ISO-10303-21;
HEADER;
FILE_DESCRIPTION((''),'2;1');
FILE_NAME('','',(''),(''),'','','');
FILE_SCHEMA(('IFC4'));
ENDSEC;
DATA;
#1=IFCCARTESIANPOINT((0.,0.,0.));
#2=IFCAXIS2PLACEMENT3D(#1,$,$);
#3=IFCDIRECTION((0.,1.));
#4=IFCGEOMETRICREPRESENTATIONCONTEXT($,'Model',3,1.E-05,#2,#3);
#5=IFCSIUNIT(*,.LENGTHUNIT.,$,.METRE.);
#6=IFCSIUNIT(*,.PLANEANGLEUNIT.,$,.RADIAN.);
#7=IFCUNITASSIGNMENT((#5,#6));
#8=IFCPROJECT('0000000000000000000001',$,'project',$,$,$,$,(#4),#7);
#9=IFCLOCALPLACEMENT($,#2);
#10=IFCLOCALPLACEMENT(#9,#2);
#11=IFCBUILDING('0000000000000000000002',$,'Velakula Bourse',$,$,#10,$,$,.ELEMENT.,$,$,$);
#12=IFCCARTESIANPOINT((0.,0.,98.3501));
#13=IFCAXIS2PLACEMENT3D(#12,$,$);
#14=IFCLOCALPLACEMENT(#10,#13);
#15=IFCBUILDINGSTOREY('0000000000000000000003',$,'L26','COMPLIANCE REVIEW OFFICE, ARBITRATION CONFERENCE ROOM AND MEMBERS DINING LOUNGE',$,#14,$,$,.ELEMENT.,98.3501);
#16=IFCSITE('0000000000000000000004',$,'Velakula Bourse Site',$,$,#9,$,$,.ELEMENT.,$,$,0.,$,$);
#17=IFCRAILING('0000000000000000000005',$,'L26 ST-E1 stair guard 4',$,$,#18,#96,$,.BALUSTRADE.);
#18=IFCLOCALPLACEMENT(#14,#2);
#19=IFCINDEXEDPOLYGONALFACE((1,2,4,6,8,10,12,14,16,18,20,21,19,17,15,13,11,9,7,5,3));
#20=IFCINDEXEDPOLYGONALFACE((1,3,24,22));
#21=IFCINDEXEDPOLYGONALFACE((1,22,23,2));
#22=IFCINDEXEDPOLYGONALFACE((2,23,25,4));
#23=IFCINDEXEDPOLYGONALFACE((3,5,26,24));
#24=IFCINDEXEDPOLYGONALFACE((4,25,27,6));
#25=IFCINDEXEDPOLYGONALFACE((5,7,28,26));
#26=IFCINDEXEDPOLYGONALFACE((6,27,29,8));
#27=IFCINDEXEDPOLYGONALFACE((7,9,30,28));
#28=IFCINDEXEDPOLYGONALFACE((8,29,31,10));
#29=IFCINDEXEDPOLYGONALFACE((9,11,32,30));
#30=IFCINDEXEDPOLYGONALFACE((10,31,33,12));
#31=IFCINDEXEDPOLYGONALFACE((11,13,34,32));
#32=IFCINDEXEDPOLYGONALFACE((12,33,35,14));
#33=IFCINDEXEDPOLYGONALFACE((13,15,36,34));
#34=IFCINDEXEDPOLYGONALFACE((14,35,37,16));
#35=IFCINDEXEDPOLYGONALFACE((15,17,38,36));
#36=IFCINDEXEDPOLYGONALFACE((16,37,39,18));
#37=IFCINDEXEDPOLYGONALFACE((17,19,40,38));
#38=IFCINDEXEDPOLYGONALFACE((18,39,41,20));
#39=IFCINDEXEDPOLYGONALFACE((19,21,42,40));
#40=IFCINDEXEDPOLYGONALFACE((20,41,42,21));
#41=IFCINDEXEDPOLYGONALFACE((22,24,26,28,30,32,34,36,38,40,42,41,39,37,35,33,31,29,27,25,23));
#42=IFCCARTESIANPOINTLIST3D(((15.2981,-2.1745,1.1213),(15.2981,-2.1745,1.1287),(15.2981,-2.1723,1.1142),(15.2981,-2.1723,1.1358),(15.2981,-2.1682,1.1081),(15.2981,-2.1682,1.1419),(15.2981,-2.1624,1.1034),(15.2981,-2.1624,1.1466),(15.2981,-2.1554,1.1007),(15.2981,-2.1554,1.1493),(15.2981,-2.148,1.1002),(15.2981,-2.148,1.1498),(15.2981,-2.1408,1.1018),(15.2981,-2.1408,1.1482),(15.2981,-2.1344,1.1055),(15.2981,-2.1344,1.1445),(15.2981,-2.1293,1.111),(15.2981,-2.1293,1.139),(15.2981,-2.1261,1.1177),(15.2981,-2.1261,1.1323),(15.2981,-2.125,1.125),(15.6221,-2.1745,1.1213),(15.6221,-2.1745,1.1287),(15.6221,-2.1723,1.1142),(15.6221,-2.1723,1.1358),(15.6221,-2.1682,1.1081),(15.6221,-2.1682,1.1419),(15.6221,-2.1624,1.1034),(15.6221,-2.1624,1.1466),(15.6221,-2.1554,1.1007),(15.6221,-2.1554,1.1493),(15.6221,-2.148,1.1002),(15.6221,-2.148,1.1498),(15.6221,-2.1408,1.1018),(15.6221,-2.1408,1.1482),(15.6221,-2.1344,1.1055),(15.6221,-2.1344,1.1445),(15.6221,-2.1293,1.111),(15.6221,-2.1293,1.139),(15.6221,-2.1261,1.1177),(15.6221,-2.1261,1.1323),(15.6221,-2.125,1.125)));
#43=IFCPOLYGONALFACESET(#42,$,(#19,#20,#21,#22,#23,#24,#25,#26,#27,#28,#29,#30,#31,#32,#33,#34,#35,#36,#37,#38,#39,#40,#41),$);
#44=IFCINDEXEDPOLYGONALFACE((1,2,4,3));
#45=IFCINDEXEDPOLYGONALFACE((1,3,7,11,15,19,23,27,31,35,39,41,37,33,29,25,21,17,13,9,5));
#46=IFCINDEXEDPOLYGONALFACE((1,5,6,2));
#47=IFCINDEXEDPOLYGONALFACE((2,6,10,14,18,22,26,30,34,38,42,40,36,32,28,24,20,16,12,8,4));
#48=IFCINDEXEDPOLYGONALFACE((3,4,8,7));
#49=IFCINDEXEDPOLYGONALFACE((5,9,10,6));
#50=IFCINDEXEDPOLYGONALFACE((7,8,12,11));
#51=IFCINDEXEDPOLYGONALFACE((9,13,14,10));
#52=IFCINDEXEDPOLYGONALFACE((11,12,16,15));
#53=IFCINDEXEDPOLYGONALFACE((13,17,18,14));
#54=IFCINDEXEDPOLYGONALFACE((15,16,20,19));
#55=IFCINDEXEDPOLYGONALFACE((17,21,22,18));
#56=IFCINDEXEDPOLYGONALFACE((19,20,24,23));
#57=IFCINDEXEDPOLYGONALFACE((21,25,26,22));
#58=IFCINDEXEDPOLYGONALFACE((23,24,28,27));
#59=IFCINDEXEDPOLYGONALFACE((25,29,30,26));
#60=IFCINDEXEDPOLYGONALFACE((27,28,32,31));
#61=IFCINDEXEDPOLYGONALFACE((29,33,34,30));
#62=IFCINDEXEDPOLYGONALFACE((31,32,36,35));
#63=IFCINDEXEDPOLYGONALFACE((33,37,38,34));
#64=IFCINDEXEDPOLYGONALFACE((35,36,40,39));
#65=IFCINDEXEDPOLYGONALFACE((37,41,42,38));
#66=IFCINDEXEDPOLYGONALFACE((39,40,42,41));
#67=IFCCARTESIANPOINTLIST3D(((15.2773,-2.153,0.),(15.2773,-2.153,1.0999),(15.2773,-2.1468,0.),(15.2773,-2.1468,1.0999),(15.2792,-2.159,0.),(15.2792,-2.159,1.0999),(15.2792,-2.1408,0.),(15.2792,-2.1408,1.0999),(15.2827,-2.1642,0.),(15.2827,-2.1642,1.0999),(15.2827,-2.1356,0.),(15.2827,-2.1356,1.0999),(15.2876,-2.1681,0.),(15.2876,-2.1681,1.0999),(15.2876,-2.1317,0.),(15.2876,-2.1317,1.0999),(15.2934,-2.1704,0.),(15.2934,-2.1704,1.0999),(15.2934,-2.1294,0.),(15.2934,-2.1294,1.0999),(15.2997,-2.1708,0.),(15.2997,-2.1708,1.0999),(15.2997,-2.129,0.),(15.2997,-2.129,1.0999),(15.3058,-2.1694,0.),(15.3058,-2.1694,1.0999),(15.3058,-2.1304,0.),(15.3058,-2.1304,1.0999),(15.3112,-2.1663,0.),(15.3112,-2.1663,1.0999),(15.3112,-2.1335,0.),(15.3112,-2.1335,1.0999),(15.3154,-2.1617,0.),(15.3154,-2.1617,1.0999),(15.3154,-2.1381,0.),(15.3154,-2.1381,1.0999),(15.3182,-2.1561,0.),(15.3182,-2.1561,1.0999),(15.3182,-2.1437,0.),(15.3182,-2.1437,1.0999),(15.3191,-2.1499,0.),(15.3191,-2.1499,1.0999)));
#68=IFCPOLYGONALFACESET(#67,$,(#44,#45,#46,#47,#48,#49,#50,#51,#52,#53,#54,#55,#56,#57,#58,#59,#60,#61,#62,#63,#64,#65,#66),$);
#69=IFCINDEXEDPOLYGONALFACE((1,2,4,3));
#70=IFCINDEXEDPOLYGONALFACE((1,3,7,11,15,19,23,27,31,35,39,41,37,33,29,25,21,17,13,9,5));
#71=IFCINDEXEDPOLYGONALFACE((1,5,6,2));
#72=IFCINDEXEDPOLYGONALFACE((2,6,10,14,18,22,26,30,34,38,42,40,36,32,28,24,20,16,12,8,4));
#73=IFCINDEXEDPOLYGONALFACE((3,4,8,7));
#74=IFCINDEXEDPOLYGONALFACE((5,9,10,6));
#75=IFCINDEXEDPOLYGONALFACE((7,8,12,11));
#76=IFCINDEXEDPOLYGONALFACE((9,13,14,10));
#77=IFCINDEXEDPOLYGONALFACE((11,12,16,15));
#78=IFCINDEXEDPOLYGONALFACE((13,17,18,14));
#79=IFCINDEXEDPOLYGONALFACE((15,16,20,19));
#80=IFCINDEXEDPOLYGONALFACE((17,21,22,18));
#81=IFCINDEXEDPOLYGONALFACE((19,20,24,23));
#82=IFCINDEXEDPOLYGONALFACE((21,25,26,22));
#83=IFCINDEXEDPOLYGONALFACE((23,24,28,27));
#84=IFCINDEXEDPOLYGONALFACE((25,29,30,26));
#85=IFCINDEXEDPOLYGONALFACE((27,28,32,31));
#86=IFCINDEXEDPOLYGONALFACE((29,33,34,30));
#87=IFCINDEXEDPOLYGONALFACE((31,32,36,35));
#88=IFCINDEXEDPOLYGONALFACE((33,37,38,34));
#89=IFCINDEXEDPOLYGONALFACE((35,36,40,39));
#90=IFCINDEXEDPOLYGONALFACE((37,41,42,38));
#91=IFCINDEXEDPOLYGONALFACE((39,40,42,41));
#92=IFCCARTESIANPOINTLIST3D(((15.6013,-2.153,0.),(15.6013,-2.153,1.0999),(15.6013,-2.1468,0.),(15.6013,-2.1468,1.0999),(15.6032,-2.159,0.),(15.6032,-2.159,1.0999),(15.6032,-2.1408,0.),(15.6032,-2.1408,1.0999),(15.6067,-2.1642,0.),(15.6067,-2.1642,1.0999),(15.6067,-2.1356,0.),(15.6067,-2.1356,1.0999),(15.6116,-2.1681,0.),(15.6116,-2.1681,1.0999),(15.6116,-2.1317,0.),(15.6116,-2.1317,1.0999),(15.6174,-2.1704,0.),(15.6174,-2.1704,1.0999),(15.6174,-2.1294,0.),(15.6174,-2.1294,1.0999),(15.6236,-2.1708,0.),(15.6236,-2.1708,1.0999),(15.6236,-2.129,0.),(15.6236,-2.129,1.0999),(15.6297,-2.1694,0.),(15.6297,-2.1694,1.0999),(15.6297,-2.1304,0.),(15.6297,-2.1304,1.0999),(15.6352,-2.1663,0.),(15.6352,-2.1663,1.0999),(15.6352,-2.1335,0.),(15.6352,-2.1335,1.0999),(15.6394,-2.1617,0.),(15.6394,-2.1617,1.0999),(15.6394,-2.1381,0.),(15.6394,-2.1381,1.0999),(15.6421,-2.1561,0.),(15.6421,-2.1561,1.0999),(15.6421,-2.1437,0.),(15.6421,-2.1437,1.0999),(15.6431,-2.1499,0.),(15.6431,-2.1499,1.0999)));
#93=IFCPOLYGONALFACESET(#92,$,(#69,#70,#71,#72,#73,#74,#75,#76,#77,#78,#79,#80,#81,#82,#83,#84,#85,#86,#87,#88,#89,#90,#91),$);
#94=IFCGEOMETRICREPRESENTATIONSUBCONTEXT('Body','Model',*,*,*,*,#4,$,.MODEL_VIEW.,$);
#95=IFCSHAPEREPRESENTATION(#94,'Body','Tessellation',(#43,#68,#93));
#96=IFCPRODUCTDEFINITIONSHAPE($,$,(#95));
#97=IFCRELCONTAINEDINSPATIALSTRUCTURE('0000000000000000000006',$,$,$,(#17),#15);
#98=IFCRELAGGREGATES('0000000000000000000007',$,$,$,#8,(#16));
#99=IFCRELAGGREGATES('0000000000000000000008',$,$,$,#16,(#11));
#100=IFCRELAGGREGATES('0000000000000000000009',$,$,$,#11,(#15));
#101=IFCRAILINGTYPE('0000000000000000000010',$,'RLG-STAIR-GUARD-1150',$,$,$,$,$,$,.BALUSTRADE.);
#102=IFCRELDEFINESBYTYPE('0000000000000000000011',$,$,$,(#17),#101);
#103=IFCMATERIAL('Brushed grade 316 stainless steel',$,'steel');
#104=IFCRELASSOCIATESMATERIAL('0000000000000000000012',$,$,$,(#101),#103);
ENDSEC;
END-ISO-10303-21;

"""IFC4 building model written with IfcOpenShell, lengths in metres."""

from ifc_helpers import new_model, si_unit, direction, frame, origin, origin_2d, place, context, subcontext, project, spatial, circle, extrude, material, type_object, element, save


model = new_model("IFC4")

# Units and contexts
model_context = context("Model", 3, precision=1e-05, world=origin(), true_north=direction((0.0, 1.0)))
body_context = subcontext(model_context, "Body", "Model", "MODEL_VIEW")
ifc_project = project(units=[si_unit("LENGTHUNIT", "METRE"), si_unit("PLANEANGLEUNIT", "RADIAN")], contexts=[model_context])

# Site, building, storey
site_placement = place(None, origin())
site = spatial("IfcSite", under=ifc_project, at=site_placement, Name="Velakula Bourse Site", CompositionType="ELEMENT", RefElevation=0.0)
building_placement = place(site_placement, origin())
building = spatial("IfcBuilding", under=site, at=building_placement, Name="Velakula Bourse", CompositionType="ELEMENT")
storey_placement = place(building_placement, frame((0.0, 0.0, 98.3501)))
storey = spatial("IfcBuildingStorey", under=building, at=storey_placement, Name="L26", Description="COMPLIANCE REVIEW OFFICE, ARBITRATION CONFERENCE ROOM AND MEMBERS DINING LOUNGE", CompositionType="ELEMENT", Elevation=98.3501)

# Railing
ifc_material_1 = material(Name="Brushed grade 316 stainless steel", Category="steel")
railing_type_1 = type_object("IfcRailingType", Name="RLG-STAIR-GUARD-1150", PredefinedType="BALUSTRADE", material=ifc_material_1)
railing_1_placement = place(storey_placement, frame((15.2981, -2.1499, 0.0)))
element("IfcRailing", 1, at=railing_1_placement, inside=storey, type_object=railing_type_1, Name="L26 ST-E1 stair guard 4", PredefinedType="BALUSTRADE", context=body_context, shape_type="SweptSolid", body=[
    extrude(circle(Radius=0.0249, at=origin_2d()), frame((0.0, 0.0, 1.125), z_axis=(1.0, 0.0, 0.0), x_axis=(0.0, 1.0, 0.0)), (0.0, 0.0, 1.0), 0.324),
    extrude(circle(Radius=0.021, at=origin_2d()), origin(), (0.0, 0.0, 1.0), 1.0999),
    extrude(circle(Radius=0.021, at=origin_2d()), frame((0.324, 0.0, 0.0)), (0.0, 0.0, 1.0), 1.0999),
])

save(model, "model.ifc")
